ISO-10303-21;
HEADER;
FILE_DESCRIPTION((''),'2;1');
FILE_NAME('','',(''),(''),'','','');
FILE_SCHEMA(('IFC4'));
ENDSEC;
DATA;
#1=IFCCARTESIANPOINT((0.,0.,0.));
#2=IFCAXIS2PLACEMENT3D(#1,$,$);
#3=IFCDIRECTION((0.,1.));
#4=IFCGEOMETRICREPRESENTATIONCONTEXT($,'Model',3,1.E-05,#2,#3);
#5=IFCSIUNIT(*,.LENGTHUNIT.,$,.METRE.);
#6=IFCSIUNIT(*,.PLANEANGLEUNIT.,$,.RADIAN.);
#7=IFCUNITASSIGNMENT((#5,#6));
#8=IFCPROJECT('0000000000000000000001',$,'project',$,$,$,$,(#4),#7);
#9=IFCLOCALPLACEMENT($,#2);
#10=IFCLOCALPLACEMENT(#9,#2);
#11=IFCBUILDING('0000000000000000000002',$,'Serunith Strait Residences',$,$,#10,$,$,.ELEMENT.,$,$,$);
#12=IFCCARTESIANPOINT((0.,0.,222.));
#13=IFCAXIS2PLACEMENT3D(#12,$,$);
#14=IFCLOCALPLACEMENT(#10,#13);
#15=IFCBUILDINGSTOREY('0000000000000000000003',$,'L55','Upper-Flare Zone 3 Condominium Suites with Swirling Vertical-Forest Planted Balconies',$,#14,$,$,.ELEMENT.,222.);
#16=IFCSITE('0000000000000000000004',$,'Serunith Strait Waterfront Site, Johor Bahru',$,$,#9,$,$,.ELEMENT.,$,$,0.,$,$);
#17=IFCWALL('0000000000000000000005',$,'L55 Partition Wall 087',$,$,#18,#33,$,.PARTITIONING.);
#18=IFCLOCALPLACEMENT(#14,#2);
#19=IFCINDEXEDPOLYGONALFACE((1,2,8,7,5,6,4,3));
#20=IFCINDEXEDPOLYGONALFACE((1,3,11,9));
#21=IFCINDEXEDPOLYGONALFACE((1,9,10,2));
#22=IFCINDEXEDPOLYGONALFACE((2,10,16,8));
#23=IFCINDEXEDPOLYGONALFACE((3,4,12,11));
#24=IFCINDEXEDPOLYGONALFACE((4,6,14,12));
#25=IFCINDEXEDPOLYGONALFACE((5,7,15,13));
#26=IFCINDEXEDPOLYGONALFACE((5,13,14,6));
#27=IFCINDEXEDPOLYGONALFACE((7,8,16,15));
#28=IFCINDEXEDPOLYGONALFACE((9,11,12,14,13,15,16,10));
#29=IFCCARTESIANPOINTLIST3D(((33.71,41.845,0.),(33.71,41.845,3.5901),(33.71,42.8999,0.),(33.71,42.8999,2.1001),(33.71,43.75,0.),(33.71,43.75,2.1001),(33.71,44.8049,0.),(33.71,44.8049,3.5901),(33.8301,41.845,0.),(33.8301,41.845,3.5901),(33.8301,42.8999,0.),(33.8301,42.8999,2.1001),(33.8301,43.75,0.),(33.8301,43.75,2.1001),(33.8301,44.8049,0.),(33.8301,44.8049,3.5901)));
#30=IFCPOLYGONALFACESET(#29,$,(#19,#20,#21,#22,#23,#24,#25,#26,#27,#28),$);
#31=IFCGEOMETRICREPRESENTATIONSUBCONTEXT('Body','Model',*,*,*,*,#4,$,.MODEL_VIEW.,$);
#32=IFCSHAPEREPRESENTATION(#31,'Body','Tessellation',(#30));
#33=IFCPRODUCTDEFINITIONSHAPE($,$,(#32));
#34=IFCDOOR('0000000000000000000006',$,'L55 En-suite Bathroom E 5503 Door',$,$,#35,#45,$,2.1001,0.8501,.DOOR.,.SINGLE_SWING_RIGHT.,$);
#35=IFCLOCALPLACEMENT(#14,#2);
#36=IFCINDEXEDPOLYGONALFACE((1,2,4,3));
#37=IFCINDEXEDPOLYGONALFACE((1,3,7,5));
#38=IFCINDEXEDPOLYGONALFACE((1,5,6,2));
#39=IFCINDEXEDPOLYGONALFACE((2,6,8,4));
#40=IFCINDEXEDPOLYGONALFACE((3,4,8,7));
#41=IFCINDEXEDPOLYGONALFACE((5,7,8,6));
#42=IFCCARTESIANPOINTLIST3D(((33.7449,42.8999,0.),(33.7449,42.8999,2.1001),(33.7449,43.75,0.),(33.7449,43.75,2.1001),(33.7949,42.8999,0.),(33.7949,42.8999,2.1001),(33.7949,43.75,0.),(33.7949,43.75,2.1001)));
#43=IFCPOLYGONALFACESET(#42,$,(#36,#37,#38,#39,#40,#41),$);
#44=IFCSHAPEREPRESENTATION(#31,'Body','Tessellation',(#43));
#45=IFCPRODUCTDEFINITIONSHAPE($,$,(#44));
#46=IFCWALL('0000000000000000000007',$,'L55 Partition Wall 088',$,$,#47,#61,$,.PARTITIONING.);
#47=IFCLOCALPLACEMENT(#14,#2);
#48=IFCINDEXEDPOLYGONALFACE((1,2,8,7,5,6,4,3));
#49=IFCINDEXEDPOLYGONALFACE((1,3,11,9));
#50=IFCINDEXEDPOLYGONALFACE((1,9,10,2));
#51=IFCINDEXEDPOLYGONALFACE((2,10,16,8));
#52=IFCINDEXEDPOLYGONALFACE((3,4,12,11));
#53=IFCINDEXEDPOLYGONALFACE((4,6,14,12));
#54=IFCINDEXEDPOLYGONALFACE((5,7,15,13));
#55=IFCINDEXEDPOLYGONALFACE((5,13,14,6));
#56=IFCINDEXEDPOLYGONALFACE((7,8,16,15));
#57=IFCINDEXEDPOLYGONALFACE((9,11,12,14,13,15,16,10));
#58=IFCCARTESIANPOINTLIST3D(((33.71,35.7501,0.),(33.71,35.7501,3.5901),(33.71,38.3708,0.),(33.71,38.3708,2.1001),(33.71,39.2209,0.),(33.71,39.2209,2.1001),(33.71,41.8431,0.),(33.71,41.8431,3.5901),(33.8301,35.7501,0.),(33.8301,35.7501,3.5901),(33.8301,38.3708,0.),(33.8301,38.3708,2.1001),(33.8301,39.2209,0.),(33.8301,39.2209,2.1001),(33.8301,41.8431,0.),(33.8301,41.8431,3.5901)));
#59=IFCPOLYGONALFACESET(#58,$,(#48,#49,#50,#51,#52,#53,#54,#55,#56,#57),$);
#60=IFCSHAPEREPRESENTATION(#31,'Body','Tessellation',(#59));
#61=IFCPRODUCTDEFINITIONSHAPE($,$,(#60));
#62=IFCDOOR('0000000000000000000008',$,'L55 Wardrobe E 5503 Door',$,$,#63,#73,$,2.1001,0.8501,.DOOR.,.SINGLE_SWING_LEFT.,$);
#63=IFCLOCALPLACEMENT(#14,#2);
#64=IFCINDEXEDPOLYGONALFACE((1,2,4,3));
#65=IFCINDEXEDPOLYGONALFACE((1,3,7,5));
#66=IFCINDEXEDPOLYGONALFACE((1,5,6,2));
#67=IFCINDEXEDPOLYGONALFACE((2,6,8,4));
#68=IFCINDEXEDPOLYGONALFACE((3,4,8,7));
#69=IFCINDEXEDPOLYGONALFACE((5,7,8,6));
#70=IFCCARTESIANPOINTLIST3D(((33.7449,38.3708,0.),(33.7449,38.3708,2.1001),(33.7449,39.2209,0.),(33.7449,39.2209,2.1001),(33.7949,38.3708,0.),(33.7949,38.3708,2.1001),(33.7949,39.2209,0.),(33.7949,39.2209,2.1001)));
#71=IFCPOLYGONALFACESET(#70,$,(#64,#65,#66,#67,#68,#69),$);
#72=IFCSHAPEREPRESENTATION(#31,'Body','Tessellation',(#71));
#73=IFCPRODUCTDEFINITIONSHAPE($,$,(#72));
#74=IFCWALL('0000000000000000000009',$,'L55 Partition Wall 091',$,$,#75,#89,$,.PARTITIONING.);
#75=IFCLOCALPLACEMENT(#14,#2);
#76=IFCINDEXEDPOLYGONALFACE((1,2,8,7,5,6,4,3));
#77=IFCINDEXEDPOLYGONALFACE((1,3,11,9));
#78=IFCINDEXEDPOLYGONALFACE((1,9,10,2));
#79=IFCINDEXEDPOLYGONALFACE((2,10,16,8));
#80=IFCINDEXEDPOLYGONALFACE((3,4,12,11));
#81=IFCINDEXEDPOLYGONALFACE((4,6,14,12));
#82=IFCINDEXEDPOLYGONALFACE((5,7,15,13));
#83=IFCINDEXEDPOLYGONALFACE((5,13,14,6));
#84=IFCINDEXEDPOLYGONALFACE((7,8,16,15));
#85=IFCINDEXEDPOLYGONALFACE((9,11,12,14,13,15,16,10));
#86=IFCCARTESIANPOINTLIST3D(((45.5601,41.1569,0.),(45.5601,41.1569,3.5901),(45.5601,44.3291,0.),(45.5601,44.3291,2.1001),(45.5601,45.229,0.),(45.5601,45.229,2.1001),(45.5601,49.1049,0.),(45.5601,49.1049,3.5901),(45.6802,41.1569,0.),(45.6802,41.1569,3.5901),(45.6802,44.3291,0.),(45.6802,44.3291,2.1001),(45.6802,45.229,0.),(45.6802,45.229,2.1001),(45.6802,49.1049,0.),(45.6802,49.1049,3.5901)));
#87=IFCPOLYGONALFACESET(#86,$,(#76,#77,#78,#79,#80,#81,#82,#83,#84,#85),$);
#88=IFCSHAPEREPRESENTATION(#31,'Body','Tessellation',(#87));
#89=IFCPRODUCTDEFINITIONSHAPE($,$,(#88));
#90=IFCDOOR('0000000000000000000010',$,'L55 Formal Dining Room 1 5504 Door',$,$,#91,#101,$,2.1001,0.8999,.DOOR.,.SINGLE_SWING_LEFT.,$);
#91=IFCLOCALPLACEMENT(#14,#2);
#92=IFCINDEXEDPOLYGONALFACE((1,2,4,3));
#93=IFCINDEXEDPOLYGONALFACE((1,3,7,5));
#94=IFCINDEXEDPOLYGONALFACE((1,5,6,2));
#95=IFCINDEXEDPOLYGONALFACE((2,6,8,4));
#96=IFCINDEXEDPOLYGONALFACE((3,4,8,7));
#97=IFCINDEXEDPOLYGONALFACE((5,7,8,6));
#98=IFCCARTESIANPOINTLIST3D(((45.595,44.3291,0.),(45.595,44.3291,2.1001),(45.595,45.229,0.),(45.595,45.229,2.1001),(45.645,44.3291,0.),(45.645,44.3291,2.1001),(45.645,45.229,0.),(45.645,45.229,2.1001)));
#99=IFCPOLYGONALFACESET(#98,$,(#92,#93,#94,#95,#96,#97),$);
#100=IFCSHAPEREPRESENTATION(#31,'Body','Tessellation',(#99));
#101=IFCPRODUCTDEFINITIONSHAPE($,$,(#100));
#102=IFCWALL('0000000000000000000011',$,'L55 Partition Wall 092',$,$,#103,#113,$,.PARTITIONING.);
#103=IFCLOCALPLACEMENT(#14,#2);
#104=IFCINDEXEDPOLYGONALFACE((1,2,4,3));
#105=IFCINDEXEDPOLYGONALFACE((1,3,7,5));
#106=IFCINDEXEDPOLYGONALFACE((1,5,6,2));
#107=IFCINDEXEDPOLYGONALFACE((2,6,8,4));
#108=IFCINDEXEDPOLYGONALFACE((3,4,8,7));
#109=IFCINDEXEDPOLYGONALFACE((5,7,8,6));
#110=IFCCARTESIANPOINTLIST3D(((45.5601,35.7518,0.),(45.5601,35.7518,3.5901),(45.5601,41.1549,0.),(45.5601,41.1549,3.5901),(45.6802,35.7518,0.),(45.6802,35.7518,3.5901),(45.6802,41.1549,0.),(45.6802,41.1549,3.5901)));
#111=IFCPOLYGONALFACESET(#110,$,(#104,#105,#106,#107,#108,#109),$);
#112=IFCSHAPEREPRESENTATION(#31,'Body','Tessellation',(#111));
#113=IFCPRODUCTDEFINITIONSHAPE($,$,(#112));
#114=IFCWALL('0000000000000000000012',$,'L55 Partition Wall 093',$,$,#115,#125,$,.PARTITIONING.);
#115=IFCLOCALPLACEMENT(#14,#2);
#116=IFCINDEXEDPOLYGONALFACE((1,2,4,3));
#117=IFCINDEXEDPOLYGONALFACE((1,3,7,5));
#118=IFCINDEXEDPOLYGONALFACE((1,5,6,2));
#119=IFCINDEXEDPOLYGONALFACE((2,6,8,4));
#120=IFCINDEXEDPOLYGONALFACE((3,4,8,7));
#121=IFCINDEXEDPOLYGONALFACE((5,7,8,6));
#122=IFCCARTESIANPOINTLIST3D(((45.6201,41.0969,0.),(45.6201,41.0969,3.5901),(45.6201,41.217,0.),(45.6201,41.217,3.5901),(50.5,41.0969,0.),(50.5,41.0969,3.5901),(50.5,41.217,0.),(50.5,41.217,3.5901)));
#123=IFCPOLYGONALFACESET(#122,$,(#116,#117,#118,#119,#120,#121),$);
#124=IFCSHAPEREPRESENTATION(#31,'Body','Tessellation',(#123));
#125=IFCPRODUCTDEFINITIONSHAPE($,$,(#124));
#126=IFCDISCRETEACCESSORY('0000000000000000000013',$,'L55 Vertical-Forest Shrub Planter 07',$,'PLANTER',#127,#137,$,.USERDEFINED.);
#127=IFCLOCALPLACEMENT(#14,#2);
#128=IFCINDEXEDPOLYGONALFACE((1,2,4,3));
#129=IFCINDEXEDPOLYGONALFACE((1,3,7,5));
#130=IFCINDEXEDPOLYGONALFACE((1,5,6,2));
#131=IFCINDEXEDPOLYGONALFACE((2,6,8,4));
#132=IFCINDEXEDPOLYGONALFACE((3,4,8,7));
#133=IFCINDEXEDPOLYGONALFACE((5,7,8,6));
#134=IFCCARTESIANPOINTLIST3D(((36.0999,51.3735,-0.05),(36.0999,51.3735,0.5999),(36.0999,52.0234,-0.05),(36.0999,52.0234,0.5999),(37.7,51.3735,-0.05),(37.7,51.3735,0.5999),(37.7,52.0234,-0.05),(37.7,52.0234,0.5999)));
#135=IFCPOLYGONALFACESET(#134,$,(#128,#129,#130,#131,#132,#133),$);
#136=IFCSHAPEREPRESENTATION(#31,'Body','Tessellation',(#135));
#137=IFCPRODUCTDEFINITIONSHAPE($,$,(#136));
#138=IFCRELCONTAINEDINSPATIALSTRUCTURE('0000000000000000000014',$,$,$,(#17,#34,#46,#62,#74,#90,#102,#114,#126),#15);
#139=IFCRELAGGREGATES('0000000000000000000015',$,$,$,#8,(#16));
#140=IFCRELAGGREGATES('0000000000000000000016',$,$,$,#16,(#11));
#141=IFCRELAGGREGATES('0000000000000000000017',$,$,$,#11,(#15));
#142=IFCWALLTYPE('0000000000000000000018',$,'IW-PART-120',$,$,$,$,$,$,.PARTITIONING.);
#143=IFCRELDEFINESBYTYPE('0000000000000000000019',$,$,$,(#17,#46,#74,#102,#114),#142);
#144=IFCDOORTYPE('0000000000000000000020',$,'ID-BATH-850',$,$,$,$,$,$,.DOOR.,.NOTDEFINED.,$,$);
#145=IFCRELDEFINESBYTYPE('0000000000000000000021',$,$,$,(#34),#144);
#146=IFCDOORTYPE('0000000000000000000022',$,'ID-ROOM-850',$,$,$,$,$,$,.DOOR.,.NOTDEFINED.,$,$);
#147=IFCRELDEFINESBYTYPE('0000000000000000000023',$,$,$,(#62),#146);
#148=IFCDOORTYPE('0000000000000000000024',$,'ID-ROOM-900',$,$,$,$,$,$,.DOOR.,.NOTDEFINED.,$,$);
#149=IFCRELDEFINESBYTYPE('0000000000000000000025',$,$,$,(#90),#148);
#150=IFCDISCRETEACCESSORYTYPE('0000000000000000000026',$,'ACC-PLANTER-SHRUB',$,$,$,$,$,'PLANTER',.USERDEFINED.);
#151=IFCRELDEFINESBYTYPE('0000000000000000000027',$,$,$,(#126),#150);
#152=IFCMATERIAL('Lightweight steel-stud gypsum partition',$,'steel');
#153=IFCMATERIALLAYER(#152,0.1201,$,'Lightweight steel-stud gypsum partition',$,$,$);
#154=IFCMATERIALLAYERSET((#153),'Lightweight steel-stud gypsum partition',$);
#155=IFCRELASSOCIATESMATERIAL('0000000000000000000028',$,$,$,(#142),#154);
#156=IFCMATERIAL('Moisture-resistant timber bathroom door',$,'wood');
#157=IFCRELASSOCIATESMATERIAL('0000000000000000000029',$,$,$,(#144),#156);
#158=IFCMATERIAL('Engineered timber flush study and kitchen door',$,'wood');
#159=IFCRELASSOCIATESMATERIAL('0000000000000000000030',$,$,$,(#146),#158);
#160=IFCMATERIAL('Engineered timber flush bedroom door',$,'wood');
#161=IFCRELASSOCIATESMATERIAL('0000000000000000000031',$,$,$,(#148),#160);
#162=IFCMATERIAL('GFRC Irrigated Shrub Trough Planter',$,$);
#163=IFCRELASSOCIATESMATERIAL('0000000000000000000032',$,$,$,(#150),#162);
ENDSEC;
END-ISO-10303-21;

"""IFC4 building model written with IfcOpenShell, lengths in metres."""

from ifc_helpers import new_model, si_unit, direction, frame, frame_2d, origin, origin_2d, place, context, subcontext, project, spatial, rectangle, extrude, source, transform, mapped, material, layer, layer_set, type_object, element, fill, save


model = new_model("IFC4")

# Units and contexts
model_context = context("Model", 3, precision=1e-05, world=origin(), true_north=direction((0.0, 1.0)))
body_context = subcontext(model_context, "Body", "Model", "MODEL_VIEW")
ifc_project = project(units=[si_unit("LENGTHUNIT", "METRE"), si_unit("PLANEANGLEUNIT", "RADIAN")], contexts=[model_context])

# Site, building, storey
site_placement = place(None, origin())
site = spatial("IfcSite", under=ifc_project, at=site_placement, Name="Serunith Strait Waterfront Site, Johor Bahru", CompositionType="ELEMENT", RefElevation=0.0)
building_placement = place(site_placement, origin())
building = spatial("IfcBuilding", under=site, at=building_placement, Name="Serunith Strait Residences", CompositionType="ELEMENT")
storey_placement = place(building_placement, frame((0.0, 0.0, 222.0)))
storey = spatial("IfcBuildingStorey", under=building, at=storey_placement, Name="L55", Description="Upper-Flare Zone 3 Condominium Suites with Swirling Vertical-Forest Planted Balconies", CompositionType="ELEMENT", Elevation=222.0)

# Shared definitions
ifc_material_1 = material(Name="Lightweight steel-stud gypsum partition", Category="steel")
ifc_layer_1 = layer(ifc_material_1, 0.1201, Name="Lightweight steel-stud gypsum partition")
ifc_layer_set_1 = layer_set([ifc_layer_1], Name="Lightweight steel-stud gypsum partition")
wall_type_1 = type_object("IfcWallType", Name="IW-PART-120", PredefinedType="PARTITIONING", material=ifc_layer_set_1)

# Walls, openings, doors
wall_1_placement = place(storey_placement, frame((33.77, 44.8049, 0.0), z_axis=(0.0, 0.0, 1.0), x_axis=(0.0, -1.0, 0.0)))
wall_1 = element("IfcWall", 1, at=wall_1_placement, inside=storey, type_object=wall_type_1, Name="L55 Partition Wall 087", PredefinedType="PARTITIONING", context=body_context, shape_type="SweptSolid", body=[
    extrude(rectangle(XDim=2.96, YDim=0.1201, at=frame_2d((1.48, 0.0))), origin(), (0.0, 0.0, 1.0), 3.5901),
])
opening_1_placement = place(wall_1_placement, frame((1.0549, 0.0, 0.0)))
opening_1 = element("IfcOpeningElement", 2, at=opening_1_placement, cuts=wall_1, PredefinedType="OPENING", context=body_context, shape_type="SweptSolid", body=[
    extrude(rectangle(XDim=0.8501, YDim=2.1001, at=frame_2d((0.425, 1.05))), frame((0.0, 0.0701, 0.0), z_axis=(0.0, -1.0, 0.0), x_axis=(1.0, 0.0, 0.0)), (0.0, 0.0, 1.0), 0.1401),
])
ifc_material_2 = material(Name="Moisture-resistant timber bathroom door", Category="wood")
door_type_1 = type_object("IfcDoorType", Name="ID-BATH-850", OperationType="NOTDEFINED", PredefinedType="DOOR", material=ifc_material_2)
shared_shape_1 = source(origin(), body_context, "Body", "SweptSolid", [
    extrude(rectangle(XDim=0.8501, YDim=2.1001, at=frame_2d((0.425, 1.05))), frame((0.0, 0.0249, 0.0), z_axis=(0.0, -1.0, 0.0), x_axis=(1.0, 0.0, 0.0)), (0.0, 0.0, 1.0), 0.05),
])
door_1_placement = place(opening_1_placement, origin())
door_1 = element("IfcDoor", 3, at=door_1_placement, inside=storey, type_object=door_type_1, Name="L55 En-suite Bathroom E 5503 Door", OperationType="SINGLE_SWING_RIGHT", OverallHeight=2.1001, OverallWidth=0.8501, PredefinedType="DOOR", context=body_context, shape_type="MappedRepresentation", body=[
    mapped(shared_shape_1, transform((0.0, 0.0, 0.0), scale=1.0)),
])
fill(opening_1, door_1)
wall_2_placement = place(storey_placement, frame((33.77, 41.843, 0.0), z_axis=(0.0, 0.0, 1.0), x_axis=(0.0, -1.0, 0.0)))
wall_2 = element("IfcWall", 4, at=wall_2_placement, inside=storey, type_object=wall_type_1, Name="L55 Partition Wall 088", PredefinedType="PARTITIONING", context=body_context, shape_type="SweptSolid", body=[
    extrude(rectangle(XDim=6.093, YDim=0.1201, at=frame_2d((3.0464, 0.0))), origin(), (0.0, 0.0, 1.0), 3.5901),
])
opening_2_placement = place(wall_2_placement, frame((2.6221, 0.0, 0.0)))
opening_2 = element("IfcOpeningElement", 5, at=opening_2_placement, cuts=wall_2, PredefinedType="OPENING", context=body_context, shape_type="SweptSolid", body=[
    extrude(rectangle(XDim=0.8501, YDim=2.1001, at=frame_2d((0.425, 1.05))), frame((0.0, 0.0701, 0.0), z_axis=(0.0, -1.0, 0.0), x_axis=(1.0, 0.0, 0.0)), (0.0, 0.0, 1.0), 0.1401),
])
ifc_material_3 = material(Name="Engineered timber flush study and kitchen door", Category="wood")
door_type_2 = type_object("IfcDoorType", Name="ID-ROOM-850", OperationType="NOTDEFINED", PredefinedType="DOOR", material=ifc_material_3)
door_2_placement = place(opening_2_placement, origin())
door_2 = element("IfcDoor", 6, at=door_2_placement, inside=storey, type_object=door_type_2, Name="L55 Wardrobe E 5503 Door", OperationType="SINGLE_SWING_LEFT", OverallHeight=2.1001, OverallWidth=0.8501, PredefinedType="DOOR", context=body_context, shape_type="MappedRepresentation", body=[
    mapped(shared_shape_1, transform((0.0, 0.0, 0.0), scale=1.0)),
])
fill(opening_2, door_2)
wall_3_placement = place(storey_placement, frame((45.6201, 49.105, 0.0), z_axis=(0.0, 0.0, 1.0), x_axis=(0.0, -1.0, 0.0)))
wall_3 = element("IfcWall", 7, at=wall_3_placement, inside=storey, type_object=wall_type_1, Name="L55 Partition Wall 091", PredefinedType="PARTITIONING", context=body_context, shape_type="SweptSolid", body=[
    extrude(rectangle(XDim=7.948, YDim=0.1201, at=frame_2d((3.9741, 0.0))), origin(), (0.0, 0.0, 1.0), 3.5901),
])
opening_3_placement = place(wall_3_placement, frame((3.876, 0.0, 0.0)))
opening_3 = element("IfcOpeningElement", 8, at=opening_3_placement, cuts=wall_3, PredefinedType="OPENING", context=body_context, shape_type="SweptSolid", body=[
    extrude(rectangle(XDim=0.8999, YDim=2.1001, at=frame_2d((0.45, 1.05))), frame((0.0, 0.0701, 0.0), z_axis=(0.0, -1.0, 0.0), x_axis=(1.0, 0.0, 0.0)), (0.0, 0.0, 1.0), 0.1401),
])
ifc_material_4 = material(Name="Engineered timber flush bedroom door", Category="wood")
door_type_3 = type_object("IfcDoorType", Name="ID-ROOM-900", OperationType="NOTDEFINED", PredefinedType="DOOR", material=ifc_material_4)
shared_shape_2 = source(origin(), body_context, "Body", "SweptSolid", [
    extrude(rectangle(XDim=0.8999, YDim=2.1001, at=frame_2d((0.45, 1.05))), frame((0.0, 0.0249, 0.0), z_axis=(0.0, -1.0, 0.0), x_axis=(1.0, 0.0, 0.0)), (0.0, 0.0, 1.0), 0.05),
])
door_3_placement = place(opening_3_placement, origin())
door_3 = element("IfcDoor", 9, at=door_3_placement, inside=storey, type_object=door_type_3, Name="L55 Formal Dining Room 1 5504 Door", OperationType="SINGLE_SWING_LEFT", OverallHeight=2.1001, OverallWidth=0.8999, PredefinedType="DOOR", context=body_context, shape_type="MappedRepresentation", body=[
    mapped(shared_shape_2, transform((0.0, 0.0, 0.0), scale=1.0)),
])
fill(opening_3, door_3)

# Walls
wall_4_placement = place(storey_placement, frame((45.6201, 41.155, 0.0), z_axis=(0.0, 0.0, 1.0), x_axis=(0.0, -1.0, 0.0)))
element("IfcWall", 10, at=wall_4_placement, inside=storey, type_object=wall_type_1, Name="L55 Partition Wall 092", PredefinedType="PARTITIONING", context=body_context, shape_type="SweptSolid", body=[
    extrude(rectangle(XDim=5.4031, YDim=0.1201, at=frame_2d((2.7017, 0.0))), origin(), (0.0, 0.0, 1.0), 3.5901),
])
wall_5_placement = place(storey_placement, frame((45.6201, 41.157, 0.0), z_axis=(0.0, 0.0, 1.0), x_axis=(1.0, 0.0, 0.0)))
element("IfcWall", 11, at=wall_5_placement, inside=storey, type_object=wall_type_1, Name="L55 Partition Wall 093", PredefinedType="PARTITIONING", context=body_context, shape_type="SweptSolid", body=[
    extrude(rectangle(XDim=4.8799, YDim=0.1201, at=frame_2d((2.4399, 0.0))), origin(), (0.0, 0.0, 1.0), 3.5901),
])

# Discrete accessory
ifc_material_5 = material(Name="GFRC Irrigated Shrub Trough Planter")
discrete_accessory_type = type_object("IfcDiscreteAccessoryType", Name="ACC-PLANTER-SHRUB", ElementType="PLANTER", PredefinedType="USERDEFINED", material=ifc_material_5)
shared_shape_3 = source(origin(), body_context, "Body", "SweptSolid", [
    extrude(rectangle(XDim=1.6001, YDim=0.6499, at=origin_2d()), origin(), (0.0, 0.0, 1.0), 0.6499),
])
discrete_accessory_placement = place(storey_placement, frame((36.8999, 51.6985, -0.05), z_axis=(0.0, 0.0, 1.0), x_axis=(-1.0, 0.0, 0.0)))
element("IfcDiscreteAccessory", 12, at=discrete_accessory_placement, inside=storey, type_object=discrete_accessory_type, Name="L55 Vertical-Forest Shrub Planter 07", ObjectType="PLANTER", PredefinedType="USERDEFINED", context=body_context, shape_type="MappedRepresentation", body=[
    mapped(shared_shape_3, transform((0.0, 0.0, 0.0), scale=1.0)),
])

save(model, "model.ifc")
